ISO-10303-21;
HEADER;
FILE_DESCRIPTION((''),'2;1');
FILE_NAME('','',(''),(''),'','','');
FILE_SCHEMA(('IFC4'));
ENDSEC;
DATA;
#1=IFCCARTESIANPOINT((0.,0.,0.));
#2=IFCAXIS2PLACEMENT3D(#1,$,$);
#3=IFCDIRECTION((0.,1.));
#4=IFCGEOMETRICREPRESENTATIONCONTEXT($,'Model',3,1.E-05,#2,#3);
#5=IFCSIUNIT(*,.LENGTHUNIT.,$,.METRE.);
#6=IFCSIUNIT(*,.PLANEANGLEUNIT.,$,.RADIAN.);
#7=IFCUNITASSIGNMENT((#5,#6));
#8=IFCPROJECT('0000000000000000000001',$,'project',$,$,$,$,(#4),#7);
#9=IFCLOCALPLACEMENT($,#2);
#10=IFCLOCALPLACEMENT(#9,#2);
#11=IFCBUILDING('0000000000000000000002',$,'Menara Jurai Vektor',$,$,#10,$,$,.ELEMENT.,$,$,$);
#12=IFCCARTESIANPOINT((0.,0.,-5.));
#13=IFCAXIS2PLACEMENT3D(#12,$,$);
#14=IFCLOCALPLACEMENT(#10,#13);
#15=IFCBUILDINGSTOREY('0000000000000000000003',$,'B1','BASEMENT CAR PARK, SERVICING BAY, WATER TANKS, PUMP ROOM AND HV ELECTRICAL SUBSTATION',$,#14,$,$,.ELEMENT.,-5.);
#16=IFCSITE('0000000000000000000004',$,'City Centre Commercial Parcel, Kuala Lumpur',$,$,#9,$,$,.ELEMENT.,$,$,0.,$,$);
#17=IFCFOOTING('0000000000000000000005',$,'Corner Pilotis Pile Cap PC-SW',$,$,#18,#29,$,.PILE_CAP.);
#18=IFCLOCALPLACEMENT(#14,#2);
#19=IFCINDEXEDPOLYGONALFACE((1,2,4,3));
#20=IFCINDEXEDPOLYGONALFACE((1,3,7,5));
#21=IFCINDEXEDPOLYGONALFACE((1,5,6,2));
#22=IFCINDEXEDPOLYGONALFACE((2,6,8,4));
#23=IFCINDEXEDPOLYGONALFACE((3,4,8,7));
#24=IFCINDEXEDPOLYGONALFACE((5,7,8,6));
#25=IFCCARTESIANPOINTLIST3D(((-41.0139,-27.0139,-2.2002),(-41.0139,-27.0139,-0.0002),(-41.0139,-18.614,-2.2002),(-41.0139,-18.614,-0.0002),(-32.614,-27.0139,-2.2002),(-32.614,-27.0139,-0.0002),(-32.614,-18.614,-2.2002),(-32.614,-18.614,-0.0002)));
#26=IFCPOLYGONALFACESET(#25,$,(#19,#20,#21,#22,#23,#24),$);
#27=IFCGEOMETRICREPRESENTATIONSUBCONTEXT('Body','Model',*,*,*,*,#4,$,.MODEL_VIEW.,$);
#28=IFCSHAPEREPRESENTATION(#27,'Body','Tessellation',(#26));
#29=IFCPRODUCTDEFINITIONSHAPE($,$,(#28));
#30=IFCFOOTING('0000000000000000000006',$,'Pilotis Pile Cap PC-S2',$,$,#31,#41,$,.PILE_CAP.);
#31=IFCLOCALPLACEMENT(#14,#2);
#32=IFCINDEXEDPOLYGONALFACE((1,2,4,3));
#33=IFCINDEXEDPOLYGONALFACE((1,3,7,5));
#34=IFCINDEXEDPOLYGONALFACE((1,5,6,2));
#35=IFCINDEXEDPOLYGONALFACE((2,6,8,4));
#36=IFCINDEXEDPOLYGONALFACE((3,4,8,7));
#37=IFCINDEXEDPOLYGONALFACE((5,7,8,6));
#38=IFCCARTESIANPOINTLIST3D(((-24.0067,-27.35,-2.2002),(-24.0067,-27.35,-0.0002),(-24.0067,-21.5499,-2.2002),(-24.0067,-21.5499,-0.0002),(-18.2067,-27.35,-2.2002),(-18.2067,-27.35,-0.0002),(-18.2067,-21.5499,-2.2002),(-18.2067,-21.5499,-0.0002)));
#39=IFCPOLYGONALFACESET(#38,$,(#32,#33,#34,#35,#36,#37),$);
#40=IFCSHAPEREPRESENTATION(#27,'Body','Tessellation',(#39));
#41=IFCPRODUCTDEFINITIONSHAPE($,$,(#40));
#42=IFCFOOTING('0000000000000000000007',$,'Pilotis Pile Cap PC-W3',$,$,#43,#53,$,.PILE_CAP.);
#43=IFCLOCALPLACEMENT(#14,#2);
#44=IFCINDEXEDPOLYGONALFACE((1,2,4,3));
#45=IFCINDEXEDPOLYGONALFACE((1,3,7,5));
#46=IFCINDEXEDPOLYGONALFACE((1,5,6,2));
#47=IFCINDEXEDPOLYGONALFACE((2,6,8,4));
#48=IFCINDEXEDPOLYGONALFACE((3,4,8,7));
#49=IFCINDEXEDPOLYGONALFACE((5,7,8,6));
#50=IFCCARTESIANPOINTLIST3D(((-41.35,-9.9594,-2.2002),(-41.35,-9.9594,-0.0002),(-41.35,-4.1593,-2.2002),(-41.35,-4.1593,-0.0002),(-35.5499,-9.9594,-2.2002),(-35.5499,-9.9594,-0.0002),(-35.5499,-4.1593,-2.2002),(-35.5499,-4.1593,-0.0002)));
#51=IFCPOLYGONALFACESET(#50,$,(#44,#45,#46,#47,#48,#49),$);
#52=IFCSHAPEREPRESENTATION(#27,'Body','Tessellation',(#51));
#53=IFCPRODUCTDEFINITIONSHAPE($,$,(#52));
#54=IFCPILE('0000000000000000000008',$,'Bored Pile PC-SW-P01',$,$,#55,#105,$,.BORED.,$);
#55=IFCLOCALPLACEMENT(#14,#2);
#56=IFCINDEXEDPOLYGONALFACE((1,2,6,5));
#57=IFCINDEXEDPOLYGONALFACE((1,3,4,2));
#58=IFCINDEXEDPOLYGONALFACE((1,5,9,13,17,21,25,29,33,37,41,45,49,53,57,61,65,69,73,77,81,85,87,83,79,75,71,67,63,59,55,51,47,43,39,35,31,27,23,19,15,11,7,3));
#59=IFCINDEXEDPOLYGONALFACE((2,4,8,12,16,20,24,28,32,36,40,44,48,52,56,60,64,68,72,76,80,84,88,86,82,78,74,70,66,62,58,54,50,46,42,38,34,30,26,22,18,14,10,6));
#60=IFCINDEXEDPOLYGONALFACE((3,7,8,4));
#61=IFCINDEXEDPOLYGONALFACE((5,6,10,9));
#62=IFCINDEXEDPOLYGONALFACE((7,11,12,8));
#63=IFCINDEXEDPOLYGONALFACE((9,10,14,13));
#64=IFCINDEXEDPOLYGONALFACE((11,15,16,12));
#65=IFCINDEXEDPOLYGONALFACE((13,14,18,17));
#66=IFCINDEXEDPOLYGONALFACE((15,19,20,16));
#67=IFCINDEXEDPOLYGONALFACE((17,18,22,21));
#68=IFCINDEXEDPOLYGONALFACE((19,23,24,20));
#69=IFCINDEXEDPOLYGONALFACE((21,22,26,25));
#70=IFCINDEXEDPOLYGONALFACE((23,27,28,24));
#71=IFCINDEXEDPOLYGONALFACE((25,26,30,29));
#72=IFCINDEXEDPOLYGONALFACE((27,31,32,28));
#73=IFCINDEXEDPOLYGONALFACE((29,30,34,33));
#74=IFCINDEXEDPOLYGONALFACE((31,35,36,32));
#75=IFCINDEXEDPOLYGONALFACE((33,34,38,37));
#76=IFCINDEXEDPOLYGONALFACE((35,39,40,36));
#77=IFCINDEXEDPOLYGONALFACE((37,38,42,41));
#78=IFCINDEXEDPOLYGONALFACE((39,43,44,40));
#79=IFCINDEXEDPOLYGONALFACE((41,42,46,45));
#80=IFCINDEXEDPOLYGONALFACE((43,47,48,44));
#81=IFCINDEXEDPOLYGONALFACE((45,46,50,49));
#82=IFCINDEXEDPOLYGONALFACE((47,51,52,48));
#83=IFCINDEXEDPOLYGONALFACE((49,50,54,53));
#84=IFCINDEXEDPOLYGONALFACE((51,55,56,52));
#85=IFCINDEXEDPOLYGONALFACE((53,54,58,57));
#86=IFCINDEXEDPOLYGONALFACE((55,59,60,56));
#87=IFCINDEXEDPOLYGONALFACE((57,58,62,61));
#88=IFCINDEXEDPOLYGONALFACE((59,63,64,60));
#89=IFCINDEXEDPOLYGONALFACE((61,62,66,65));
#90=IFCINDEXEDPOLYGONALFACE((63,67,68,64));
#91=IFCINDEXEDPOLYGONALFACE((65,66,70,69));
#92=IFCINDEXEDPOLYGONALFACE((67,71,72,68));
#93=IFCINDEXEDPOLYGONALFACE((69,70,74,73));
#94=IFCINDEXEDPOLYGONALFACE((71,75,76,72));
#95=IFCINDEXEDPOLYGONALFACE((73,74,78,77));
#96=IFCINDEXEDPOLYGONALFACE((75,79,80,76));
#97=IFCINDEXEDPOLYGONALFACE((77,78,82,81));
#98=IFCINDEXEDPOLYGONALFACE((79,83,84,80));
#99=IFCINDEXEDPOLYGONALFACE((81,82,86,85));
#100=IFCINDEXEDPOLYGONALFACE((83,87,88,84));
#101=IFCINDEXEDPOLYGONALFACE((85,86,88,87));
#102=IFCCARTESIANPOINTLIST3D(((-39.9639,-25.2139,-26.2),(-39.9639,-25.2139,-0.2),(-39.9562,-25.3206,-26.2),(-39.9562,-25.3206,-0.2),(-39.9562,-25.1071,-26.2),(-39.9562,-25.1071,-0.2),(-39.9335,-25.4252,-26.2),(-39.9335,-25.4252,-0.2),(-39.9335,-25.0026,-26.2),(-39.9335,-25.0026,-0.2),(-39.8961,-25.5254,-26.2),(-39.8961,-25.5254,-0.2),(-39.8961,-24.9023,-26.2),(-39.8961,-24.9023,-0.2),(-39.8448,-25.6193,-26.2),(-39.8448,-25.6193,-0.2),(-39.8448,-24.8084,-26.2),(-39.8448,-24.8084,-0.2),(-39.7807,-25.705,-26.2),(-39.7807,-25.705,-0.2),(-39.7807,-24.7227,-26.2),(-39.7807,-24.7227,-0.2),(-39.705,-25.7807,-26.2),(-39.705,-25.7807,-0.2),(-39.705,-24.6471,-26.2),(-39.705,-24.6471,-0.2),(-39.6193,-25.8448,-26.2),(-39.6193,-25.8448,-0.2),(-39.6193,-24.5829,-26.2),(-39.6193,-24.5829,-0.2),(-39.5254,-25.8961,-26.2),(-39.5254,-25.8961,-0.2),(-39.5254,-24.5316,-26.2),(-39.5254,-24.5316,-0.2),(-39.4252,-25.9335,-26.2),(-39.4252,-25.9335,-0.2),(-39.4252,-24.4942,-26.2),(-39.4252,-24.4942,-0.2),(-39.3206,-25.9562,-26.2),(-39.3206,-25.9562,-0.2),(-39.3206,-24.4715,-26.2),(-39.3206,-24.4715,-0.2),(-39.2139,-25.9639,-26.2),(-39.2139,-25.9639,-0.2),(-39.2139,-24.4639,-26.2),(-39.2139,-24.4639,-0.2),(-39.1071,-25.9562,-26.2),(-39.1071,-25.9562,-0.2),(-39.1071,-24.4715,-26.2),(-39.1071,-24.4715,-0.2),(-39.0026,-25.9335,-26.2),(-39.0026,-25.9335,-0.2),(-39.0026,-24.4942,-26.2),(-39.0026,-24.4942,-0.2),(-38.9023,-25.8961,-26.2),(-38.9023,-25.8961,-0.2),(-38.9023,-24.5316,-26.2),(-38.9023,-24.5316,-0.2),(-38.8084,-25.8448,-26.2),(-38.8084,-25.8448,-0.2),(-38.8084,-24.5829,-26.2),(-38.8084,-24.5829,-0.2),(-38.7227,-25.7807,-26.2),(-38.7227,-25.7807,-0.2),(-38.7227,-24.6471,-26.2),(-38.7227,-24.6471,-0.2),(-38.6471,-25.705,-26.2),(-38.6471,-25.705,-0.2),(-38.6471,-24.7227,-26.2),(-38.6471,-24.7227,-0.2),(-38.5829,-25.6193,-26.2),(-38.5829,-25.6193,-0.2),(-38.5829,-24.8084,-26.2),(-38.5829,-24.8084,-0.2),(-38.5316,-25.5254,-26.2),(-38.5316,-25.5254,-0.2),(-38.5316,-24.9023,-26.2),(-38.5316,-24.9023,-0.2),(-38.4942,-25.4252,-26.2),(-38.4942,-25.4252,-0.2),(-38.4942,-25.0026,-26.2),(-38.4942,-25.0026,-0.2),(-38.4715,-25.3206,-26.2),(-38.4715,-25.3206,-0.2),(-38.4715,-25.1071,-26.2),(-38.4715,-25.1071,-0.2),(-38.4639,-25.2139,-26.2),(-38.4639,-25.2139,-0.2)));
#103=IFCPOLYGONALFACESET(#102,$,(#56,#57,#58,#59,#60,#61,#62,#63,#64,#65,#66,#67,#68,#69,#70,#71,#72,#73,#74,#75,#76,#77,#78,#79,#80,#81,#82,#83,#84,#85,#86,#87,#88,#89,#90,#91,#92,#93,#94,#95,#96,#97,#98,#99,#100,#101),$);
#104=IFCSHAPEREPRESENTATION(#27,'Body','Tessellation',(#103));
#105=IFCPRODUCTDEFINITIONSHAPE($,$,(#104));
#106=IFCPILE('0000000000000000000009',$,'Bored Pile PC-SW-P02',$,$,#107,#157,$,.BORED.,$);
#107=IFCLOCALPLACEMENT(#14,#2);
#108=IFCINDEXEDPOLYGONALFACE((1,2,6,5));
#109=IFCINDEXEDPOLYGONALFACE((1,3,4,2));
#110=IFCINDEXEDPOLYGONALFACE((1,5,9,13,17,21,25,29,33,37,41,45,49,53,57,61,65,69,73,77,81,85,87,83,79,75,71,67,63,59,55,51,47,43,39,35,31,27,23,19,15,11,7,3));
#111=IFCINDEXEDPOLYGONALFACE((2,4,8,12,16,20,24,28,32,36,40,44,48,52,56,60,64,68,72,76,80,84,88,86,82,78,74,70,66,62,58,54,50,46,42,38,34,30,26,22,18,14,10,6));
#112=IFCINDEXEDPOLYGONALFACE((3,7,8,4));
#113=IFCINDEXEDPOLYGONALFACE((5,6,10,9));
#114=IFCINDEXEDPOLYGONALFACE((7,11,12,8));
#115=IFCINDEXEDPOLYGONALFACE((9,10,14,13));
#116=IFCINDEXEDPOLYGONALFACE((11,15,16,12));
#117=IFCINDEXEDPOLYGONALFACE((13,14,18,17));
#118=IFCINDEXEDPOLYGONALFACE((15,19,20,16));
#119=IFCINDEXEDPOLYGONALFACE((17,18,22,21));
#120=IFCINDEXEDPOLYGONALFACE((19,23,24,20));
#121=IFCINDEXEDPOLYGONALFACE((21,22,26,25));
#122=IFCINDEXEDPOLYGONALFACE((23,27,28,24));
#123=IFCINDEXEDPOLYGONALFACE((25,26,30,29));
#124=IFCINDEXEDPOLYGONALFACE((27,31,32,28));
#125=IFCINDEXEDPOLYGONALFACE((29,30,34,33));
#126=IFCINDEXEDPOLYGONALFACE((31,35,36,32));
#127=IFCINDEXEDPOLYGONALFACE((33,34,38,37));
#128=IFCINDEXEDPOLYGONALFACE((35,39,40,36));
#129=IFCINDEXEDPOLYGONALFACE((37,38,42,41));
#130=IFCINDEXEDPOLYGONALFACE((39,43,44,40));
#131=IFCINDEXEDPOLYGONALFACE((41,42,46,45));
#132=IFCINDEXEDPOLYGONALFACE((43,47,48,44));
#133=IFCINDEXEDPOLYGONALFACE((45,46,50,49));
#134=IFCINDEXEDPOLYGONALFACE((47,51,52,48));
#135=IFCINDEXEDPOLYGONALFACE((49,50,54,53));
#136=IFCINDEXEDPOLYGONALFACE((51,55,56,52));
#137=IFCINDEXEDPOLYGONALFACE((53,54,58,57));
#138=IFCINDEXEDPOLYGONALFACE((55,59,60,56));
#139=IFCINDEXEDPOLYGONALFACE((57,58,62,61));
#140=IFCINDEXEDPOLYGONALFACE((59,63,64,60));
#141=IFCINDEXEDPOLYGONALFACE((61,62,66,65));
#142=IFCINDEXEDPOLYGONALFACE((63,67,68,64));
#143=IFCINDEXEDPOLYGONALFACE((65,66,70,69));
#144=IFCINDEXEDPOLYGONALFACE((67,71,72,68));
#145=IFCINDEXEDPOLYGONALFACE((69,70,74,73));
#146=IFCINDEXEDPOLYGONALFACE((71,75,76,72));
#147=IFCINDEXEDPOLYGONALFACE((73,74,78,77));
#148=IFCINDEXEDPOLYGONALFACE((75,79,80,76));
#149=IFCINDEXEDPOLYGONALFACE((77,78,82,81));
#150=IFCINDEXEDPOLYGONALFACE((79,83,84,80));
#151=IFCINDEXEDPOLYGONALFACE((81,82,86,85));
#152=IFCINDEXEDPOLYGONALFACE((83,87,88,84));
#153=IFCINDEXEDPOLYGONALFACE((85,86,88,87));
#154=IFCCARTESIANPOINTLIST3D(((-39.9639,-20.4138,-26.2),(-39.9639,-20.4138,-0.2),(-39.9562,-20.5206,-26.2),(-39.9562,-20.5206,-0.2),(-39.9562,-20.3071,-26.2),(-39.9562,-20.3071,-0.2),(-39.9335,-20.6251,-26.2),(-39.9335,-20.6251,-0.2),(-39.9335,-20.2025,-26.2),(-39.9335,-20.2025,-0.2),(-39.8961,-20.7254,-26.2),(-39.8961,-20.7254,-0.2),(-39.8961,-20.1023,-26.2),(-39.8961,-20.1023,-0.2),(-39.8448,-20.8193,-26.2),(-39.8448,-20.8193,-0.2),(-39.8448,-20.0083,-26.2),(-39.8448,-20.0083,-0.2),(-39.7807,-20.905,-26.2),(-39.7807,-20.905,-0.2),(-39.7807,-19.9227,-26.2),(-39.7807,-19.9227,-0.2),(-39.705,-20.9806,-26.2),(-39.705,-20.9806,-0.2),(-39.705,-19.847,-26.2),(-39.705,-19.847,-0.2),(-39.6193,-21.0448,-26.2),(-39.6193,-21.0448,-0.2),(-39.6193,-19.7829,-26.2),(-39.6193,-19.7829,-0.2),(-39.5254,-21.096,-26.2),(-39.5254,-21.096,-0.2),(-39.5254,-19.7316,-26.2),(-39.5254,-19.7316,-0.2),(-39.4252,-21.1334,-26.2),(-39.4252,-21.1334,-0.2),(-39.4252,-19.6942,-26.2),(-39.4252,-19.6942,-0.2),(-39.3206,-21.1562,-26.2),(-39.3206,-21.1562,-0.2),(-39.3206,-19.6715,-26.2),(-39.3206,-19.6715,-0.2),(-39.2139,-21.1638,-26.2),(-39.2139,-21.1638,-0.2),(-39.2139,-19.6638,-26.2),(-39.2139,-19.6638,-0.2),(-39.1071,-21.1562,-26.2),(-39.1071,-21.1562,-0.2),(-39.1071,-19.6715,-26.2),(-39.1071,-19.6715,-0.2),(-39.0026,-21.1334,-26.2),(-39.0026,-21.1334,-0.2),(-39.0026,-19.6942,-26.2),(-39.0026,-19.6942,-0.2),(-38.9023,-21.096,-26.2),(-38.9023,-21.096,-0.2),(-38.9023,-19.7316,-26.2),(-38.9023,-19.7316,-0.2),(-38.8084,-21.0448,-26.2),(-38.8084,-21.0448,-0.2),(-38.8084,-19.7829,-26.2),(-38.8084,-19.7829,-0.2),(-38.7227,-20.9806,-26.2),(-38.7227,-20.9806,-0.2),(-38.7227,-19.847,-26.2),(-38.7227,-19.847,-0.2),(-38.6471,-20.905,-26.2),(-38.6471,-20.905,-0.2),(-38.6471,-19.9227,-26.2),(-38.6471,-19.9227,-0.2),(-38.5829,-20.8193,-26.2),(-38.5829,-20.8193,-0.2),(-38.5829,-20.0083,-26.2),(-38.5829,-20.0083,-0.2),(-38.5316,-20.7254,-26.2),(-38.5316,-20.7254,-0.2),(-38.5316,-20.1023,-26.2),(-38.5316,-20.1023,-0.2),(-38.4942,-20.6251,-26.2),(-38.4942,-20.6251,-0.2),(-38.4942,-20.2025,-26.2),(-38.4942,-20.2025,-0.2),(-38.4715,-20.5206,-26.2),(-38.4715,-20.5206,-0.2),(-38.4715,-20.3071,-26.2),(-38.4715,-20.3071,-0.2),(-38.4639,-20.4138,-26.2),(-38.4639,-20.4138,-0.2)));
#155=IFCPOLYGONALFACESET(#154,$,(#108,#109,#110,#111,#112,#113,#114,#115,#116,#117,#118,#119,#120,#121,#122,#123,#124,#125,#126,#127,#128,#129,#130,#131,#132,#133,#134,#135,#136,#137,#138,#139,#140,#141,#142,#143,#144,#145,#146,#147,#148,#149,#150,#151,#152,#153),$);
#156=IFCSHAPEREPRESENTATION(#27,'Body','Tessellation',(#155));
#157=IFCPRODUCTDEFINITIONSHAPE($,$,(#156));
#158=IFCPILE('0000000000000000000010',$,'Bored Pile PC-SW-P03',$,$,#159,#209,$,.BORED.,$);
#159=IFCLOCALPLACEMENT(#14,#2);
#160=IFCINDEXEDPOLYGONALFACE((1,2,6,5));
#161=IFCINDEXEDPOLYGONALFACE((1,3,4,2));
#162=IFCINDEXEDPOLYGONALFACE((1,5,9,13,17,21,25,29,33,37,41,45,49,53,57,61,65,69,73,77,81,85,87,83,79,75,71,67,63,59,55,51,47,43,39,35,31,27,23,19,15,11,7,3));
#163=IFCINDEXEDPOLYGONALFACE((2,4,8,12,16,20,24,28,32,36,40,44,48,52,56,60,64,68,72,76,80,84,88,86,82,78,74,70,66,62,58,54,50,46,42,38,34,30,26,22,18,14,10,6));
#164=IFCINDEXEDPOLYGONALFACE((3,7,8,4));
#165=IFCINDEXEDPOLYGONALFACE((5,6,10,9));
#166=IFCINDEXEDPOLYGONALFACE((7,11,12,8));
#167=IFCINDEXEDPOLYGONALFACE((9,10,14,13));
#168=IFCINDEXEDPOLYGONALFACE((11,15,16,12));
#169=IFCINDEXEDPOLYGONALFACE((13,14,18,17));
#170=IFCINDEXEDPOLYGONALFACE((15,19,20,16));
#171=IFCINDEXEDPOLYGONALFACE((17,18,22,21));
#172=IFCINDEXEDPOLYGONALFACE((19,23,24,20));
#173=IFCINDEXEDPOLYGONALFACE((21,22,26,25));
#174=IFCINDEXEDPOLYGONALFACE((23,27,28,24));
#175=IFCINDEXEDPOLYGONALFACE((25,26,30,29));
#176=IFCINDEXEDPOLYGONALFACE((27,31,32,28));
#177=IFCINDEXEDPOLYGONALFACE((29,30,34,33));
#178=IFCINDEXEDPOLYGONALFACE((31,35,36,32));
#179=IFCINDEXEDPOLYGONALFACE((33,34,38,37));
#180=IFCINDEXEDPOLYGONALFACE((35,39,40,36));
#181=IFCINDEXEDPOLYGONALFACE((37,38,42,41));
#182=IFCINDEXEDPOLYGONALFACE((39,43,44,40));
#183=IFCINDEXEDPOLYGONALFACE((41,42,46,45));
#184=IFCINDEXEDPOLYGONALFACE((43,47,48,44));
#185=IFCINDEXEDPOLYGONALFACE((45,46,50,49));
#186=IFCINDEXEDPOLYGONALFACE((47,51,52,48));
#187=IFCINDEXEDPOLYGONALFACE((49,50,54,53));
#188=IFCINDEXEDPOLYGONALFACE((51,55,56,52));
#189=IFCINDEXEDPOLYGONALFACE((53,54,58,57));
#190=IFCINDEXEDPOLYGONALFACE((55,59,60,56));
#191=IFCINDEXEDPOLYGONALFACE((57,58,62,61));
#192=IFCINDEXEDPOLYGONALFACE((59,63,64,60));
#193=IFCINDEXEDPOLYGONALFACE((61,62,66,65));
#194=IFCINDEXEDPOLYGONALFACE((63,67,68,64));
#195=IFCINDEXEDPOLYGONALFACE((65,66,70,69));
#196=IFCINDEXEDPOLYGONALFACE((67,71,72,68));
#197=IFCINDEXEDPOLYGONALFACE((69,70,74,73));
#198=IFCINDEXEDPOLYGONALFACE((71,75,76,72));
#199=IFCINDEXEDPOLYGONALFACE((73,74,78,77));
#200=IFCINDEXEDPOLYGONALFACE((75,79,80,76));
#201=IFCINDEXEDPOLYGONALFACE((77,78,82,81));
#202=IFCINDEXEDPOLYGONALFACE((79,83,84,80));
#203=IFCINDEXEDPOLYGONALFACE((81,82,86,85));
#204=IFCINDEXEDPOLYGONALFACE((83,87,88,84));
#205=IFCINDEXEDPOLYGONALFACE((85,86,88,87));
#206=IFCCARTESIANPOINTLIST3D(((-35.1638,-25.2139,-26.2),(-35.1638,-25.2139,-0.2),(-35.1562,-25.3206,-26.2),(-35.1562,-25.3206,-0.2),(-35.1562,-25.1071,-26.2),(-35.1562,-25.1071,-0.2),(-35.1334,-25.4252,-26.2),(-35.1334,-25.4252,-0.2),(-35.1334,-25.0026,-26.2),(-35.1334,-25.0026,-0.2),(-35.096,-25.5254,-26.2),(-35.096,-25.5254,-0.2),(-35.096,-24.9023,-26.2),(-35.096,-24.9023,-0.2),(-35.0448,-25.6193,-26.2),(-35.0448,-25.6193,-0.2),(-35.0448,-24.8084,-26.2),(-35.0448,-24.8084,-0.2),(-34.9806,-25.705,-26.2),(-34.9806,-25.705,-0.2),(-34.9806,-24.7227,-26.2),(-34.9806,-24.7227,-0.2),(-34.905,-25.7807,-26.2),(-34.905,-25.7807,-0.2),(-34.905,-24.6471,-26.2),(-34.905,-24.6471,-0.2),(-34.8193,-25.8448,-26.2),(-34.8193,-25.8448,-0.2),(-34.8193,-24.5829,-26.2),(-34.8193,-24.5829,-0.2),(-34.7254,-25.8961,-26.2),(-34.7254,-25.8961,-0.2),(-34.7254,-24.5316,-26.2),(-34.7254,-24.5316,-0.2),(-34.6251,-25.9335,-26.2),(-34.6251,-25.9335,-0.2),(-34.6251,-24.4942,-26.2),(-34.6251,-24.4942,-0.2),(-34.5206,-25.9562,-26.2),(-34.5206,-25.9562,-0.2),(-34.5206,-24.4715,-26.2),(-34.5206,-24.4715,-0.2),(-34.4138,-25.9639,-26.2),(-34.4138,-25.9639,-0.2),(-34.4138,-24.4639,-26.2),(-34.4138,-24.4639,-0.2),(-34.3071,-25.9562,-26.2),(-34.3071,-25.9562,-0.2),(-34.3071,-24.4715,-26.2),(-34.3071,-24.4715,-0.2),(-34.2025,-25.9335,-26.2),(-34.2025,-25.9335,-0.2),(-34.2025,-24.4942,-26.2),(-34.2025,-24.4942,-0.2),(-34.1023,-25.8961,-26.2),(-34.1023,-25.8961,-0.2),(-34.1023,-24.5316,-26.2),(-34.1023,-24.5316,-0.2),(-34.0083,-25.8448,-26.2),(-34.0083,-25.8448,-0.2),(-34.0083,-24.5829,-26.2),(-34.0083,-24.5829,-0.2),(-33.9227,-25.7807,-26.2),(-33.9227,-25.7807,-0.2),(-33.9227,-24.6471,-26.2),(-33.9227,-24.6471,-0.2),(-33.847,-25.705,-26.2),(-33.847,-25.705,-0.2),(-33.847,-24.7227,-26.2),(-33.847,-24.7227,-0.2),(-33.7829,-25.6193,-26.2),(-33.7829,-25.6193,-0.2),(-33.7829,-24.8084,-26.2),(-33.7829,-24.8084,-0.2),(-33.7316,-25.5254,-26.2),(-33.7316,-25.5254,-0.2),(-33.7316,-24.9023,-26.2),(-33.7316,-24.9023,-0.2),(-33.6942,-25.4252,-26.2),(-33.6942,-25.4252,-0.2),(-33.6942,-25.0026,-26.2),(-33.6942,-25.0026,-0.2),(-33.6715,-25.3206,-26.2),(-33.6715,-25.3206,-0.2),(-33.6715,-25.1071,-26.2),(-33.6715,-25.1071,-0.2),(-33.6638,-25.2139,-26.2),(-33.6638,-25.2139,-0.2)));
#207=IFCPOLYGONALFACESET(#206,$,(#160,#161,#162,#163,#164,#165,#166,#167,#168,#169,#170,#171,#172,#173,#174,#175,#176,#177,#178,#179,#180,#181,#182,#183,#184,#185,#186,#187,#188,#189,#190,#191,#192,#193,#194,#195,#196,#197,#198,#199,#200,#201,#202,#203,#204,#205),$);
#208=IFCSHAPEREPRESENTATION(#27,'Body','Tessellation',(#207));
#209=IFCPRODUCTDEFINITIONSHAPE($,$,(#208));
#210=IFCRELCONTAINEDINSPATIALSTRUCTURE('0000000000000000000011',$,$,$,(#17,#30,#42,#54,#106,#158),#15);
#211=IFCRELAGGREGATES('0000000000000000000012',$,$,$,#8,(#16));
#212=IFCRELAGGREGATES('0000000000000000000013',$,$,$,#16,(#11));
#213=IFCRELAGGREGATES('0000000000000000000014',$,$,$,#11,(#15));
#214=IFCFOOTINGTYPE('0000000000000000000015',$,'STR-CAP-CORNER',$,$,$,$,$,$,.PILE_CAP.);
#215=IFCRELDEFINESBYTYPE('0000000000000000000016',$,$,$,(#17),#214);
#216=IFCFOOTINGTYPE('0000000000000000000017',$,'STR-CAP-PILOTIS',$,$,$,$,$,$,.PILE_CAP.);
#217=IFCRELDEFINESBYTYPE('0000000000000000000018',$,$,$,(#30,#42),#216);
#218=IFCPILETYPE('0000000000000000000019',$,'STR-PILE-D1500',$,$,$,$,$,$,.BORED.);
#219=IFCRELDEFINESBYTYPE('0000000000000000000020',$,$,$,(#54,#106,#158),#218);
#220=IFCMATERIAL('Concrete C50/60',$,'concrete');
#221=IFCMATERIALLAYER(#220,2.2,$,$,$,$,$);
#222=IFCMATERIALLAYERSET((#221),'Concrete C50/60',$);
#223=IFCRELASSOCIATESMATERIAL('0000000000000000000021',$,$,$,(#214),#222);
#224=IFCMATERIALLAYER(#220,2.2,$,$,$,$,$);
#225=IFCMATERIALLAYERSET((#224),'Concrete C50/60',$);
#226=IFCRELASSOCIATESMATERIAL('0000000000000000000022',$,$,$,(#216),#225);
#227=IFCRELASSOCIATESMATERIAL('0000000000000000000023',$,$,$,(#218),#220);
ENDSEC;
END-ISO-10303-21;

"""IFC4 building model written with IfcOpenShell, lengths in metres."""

from ifc_helpers import new_model, si_unit, direction, frame, origin, origin_2d, place, context, subcontext, project, spatial, rectangle, circle, extrude, material, layer, layer_set, material_profile, profile_set, type_object, element, save


model = new_model("IFC4")

# Units and contexts
model_context = context("Model", 3, precision=1e-05, world=origin(), true_north=direction((0.0, 1.0)))
body_context = subcontext(model_context, "Body", "Model", "MODEL_VIEW")
ifc_project = project(units=[si_unit("LENGTHUNIT", "METRE"), si_unit("PLANEANGLEUNIT", "RADIAN")], contexts=[model_context])

# Site, building, storey
site_placement = place(None, origin())
site = spatial("IfcSite", under=ifc_project, at=site_placement, Name="City Centre Commercial Parcel, Kuala Lumpur", CompositionType="ELEMENT", RefElevation=0.0)
building_placement = place(site_placement, origin())
building = spatial("IfcBuilding", under=site, at=building_placement, Name="Menara Jurai Vektor", CompositionType="ELEMENT")
storey_placement = place(building_placement, frame((0.0, 0.0, -5.0)))
storey = spatial("IfcBuildingStorey", under=building, at=storey_placement, Name="B1", Description="BASEMENT CAR PARK, SERVICING BAY, WATER TANKS, PUMP ROOM AND HV ELECTRICAL SUBSTATION", CompositionType="ELEMENT", Elevation=-5.0)

# Footings
ifc_material_1 = material(Name="Concrete C50/60", Category="concrete")
ifc_layer_1 = layer(ifc_material_1, 2.2)
ifc_layer_set_1 = layer_set([ifc_layer_1], Name="Concrete C50/60")
footing_type_1 = type_object("IfcFootingType", Name="STR-CAP-CORNER", PredefinedType="PILE_CAP", material=ifc_layer_set_1)
footing_1_placement = place(storey_placement, frame((-36.814, -22.814, -2.2002), z_axis=(0.0, 0.0, 1.0), x_axis=(1.0, 0.0, 0.0)))
element("IfcFooting", 1, at=footing_1_placement, inside=storey, type_object=footing_type_1, Name="Corner Pilotis Pile Cap PC-SW", PredefinedType="PILE_CAP", context=body_context, shape_type="SweptSolid", body=[
    extrude(rectangle(XDim=8.3999, YDim=8.3999, at=origin_2d()), origin(), (0.0, 0.0, 1.0), 2.2),
])
ifc_layer_2 = layer(ifc_material_1, 2.2)
ifc_layer_set_2 = layer_set([ifc_layer_2], Name="Concrete C50/60")
footing_type_2 = type_object("IfcFootingType", Name="STR-CAP-PILOTIS", PredefinedType="PILE_CAP", material=ifc_layer_set_2)
for number, where, z_axis, x_axis, name in (
    (2, (-21.1067, -24.45, -2.2002), (0.0, 0.0, 1.0), (1.0, 0.0, 0.0), "Pilotis Pile Cap PC-S2"),
    (3, (-38.45, -7.0593, -2.2002), (0.0, 0.0, 1.0), (1.0, 0.0, 0.0), "Pilotis Pile Cap PC-W3"),
):
    element("IfcFooting", number, at=place(storey_placement, frame(where, z_axis=z_axis, x_axis=x_axis)), inside=storey, type_object=footing_type_2, Name=name, PredefinedType="PILE_CAP", context=body_context, shape_type="SweptSolid", body=[
        extrude(rectangle(XDim=5.8, YDim=5.8, at=origin_2d()), origin(), (0.0, 0.0, 1.0), 2.2),
    ])

# Piles
ifc_material_profile_1 = material_profile(ifc_material_1, circle(Radius=0.75, at=origin_2d()), Name="PILE D1500")
ifc_profile_set_1 = profile_set([ifc_material_profile_1], Name="Concrete C50/60")
pile_type = type_object("IfcPileType", Name="STR-PILE-D1500", PredefinedType="BORED", material=ifc_profile_set_1)
for number, where, z_axis, x_axis, name in (
    (4, (-39.2139, -25.2139, -0.2), (0.0, 0.0, -1.0), (1.0, 0.0, 0.0), "Bored Pile PC-SW-P01"),
    (5, (-39.2139, -20.4138, -0.2), (0.0, 0.0, -1.0), (1.0, 0.0, 0.0), "Bored Pile PC-SW-P02"),
    (6, (-34.4138, -25.2139, -0.2), (0.0, 0.0, -1.0), (1.0, 0.0, 0.0), "Bored Pile PC-SW-P03"),
):
    element("IfcPile", number, at=place(storey_placement, frame(where, z_axis=z_axis, x_axis=x_axis)), inside=storey, type_object=pile_type, Name=name, PredefinedType="BORED", context=body_context, shape_type="SweptSolid", body=[
        extrude(circle(Radius=0.75, at=origin_2d()), origin(), (0.0, 0.0, 1.0), 26.0),
    ])

save(model, "model.ifc")
